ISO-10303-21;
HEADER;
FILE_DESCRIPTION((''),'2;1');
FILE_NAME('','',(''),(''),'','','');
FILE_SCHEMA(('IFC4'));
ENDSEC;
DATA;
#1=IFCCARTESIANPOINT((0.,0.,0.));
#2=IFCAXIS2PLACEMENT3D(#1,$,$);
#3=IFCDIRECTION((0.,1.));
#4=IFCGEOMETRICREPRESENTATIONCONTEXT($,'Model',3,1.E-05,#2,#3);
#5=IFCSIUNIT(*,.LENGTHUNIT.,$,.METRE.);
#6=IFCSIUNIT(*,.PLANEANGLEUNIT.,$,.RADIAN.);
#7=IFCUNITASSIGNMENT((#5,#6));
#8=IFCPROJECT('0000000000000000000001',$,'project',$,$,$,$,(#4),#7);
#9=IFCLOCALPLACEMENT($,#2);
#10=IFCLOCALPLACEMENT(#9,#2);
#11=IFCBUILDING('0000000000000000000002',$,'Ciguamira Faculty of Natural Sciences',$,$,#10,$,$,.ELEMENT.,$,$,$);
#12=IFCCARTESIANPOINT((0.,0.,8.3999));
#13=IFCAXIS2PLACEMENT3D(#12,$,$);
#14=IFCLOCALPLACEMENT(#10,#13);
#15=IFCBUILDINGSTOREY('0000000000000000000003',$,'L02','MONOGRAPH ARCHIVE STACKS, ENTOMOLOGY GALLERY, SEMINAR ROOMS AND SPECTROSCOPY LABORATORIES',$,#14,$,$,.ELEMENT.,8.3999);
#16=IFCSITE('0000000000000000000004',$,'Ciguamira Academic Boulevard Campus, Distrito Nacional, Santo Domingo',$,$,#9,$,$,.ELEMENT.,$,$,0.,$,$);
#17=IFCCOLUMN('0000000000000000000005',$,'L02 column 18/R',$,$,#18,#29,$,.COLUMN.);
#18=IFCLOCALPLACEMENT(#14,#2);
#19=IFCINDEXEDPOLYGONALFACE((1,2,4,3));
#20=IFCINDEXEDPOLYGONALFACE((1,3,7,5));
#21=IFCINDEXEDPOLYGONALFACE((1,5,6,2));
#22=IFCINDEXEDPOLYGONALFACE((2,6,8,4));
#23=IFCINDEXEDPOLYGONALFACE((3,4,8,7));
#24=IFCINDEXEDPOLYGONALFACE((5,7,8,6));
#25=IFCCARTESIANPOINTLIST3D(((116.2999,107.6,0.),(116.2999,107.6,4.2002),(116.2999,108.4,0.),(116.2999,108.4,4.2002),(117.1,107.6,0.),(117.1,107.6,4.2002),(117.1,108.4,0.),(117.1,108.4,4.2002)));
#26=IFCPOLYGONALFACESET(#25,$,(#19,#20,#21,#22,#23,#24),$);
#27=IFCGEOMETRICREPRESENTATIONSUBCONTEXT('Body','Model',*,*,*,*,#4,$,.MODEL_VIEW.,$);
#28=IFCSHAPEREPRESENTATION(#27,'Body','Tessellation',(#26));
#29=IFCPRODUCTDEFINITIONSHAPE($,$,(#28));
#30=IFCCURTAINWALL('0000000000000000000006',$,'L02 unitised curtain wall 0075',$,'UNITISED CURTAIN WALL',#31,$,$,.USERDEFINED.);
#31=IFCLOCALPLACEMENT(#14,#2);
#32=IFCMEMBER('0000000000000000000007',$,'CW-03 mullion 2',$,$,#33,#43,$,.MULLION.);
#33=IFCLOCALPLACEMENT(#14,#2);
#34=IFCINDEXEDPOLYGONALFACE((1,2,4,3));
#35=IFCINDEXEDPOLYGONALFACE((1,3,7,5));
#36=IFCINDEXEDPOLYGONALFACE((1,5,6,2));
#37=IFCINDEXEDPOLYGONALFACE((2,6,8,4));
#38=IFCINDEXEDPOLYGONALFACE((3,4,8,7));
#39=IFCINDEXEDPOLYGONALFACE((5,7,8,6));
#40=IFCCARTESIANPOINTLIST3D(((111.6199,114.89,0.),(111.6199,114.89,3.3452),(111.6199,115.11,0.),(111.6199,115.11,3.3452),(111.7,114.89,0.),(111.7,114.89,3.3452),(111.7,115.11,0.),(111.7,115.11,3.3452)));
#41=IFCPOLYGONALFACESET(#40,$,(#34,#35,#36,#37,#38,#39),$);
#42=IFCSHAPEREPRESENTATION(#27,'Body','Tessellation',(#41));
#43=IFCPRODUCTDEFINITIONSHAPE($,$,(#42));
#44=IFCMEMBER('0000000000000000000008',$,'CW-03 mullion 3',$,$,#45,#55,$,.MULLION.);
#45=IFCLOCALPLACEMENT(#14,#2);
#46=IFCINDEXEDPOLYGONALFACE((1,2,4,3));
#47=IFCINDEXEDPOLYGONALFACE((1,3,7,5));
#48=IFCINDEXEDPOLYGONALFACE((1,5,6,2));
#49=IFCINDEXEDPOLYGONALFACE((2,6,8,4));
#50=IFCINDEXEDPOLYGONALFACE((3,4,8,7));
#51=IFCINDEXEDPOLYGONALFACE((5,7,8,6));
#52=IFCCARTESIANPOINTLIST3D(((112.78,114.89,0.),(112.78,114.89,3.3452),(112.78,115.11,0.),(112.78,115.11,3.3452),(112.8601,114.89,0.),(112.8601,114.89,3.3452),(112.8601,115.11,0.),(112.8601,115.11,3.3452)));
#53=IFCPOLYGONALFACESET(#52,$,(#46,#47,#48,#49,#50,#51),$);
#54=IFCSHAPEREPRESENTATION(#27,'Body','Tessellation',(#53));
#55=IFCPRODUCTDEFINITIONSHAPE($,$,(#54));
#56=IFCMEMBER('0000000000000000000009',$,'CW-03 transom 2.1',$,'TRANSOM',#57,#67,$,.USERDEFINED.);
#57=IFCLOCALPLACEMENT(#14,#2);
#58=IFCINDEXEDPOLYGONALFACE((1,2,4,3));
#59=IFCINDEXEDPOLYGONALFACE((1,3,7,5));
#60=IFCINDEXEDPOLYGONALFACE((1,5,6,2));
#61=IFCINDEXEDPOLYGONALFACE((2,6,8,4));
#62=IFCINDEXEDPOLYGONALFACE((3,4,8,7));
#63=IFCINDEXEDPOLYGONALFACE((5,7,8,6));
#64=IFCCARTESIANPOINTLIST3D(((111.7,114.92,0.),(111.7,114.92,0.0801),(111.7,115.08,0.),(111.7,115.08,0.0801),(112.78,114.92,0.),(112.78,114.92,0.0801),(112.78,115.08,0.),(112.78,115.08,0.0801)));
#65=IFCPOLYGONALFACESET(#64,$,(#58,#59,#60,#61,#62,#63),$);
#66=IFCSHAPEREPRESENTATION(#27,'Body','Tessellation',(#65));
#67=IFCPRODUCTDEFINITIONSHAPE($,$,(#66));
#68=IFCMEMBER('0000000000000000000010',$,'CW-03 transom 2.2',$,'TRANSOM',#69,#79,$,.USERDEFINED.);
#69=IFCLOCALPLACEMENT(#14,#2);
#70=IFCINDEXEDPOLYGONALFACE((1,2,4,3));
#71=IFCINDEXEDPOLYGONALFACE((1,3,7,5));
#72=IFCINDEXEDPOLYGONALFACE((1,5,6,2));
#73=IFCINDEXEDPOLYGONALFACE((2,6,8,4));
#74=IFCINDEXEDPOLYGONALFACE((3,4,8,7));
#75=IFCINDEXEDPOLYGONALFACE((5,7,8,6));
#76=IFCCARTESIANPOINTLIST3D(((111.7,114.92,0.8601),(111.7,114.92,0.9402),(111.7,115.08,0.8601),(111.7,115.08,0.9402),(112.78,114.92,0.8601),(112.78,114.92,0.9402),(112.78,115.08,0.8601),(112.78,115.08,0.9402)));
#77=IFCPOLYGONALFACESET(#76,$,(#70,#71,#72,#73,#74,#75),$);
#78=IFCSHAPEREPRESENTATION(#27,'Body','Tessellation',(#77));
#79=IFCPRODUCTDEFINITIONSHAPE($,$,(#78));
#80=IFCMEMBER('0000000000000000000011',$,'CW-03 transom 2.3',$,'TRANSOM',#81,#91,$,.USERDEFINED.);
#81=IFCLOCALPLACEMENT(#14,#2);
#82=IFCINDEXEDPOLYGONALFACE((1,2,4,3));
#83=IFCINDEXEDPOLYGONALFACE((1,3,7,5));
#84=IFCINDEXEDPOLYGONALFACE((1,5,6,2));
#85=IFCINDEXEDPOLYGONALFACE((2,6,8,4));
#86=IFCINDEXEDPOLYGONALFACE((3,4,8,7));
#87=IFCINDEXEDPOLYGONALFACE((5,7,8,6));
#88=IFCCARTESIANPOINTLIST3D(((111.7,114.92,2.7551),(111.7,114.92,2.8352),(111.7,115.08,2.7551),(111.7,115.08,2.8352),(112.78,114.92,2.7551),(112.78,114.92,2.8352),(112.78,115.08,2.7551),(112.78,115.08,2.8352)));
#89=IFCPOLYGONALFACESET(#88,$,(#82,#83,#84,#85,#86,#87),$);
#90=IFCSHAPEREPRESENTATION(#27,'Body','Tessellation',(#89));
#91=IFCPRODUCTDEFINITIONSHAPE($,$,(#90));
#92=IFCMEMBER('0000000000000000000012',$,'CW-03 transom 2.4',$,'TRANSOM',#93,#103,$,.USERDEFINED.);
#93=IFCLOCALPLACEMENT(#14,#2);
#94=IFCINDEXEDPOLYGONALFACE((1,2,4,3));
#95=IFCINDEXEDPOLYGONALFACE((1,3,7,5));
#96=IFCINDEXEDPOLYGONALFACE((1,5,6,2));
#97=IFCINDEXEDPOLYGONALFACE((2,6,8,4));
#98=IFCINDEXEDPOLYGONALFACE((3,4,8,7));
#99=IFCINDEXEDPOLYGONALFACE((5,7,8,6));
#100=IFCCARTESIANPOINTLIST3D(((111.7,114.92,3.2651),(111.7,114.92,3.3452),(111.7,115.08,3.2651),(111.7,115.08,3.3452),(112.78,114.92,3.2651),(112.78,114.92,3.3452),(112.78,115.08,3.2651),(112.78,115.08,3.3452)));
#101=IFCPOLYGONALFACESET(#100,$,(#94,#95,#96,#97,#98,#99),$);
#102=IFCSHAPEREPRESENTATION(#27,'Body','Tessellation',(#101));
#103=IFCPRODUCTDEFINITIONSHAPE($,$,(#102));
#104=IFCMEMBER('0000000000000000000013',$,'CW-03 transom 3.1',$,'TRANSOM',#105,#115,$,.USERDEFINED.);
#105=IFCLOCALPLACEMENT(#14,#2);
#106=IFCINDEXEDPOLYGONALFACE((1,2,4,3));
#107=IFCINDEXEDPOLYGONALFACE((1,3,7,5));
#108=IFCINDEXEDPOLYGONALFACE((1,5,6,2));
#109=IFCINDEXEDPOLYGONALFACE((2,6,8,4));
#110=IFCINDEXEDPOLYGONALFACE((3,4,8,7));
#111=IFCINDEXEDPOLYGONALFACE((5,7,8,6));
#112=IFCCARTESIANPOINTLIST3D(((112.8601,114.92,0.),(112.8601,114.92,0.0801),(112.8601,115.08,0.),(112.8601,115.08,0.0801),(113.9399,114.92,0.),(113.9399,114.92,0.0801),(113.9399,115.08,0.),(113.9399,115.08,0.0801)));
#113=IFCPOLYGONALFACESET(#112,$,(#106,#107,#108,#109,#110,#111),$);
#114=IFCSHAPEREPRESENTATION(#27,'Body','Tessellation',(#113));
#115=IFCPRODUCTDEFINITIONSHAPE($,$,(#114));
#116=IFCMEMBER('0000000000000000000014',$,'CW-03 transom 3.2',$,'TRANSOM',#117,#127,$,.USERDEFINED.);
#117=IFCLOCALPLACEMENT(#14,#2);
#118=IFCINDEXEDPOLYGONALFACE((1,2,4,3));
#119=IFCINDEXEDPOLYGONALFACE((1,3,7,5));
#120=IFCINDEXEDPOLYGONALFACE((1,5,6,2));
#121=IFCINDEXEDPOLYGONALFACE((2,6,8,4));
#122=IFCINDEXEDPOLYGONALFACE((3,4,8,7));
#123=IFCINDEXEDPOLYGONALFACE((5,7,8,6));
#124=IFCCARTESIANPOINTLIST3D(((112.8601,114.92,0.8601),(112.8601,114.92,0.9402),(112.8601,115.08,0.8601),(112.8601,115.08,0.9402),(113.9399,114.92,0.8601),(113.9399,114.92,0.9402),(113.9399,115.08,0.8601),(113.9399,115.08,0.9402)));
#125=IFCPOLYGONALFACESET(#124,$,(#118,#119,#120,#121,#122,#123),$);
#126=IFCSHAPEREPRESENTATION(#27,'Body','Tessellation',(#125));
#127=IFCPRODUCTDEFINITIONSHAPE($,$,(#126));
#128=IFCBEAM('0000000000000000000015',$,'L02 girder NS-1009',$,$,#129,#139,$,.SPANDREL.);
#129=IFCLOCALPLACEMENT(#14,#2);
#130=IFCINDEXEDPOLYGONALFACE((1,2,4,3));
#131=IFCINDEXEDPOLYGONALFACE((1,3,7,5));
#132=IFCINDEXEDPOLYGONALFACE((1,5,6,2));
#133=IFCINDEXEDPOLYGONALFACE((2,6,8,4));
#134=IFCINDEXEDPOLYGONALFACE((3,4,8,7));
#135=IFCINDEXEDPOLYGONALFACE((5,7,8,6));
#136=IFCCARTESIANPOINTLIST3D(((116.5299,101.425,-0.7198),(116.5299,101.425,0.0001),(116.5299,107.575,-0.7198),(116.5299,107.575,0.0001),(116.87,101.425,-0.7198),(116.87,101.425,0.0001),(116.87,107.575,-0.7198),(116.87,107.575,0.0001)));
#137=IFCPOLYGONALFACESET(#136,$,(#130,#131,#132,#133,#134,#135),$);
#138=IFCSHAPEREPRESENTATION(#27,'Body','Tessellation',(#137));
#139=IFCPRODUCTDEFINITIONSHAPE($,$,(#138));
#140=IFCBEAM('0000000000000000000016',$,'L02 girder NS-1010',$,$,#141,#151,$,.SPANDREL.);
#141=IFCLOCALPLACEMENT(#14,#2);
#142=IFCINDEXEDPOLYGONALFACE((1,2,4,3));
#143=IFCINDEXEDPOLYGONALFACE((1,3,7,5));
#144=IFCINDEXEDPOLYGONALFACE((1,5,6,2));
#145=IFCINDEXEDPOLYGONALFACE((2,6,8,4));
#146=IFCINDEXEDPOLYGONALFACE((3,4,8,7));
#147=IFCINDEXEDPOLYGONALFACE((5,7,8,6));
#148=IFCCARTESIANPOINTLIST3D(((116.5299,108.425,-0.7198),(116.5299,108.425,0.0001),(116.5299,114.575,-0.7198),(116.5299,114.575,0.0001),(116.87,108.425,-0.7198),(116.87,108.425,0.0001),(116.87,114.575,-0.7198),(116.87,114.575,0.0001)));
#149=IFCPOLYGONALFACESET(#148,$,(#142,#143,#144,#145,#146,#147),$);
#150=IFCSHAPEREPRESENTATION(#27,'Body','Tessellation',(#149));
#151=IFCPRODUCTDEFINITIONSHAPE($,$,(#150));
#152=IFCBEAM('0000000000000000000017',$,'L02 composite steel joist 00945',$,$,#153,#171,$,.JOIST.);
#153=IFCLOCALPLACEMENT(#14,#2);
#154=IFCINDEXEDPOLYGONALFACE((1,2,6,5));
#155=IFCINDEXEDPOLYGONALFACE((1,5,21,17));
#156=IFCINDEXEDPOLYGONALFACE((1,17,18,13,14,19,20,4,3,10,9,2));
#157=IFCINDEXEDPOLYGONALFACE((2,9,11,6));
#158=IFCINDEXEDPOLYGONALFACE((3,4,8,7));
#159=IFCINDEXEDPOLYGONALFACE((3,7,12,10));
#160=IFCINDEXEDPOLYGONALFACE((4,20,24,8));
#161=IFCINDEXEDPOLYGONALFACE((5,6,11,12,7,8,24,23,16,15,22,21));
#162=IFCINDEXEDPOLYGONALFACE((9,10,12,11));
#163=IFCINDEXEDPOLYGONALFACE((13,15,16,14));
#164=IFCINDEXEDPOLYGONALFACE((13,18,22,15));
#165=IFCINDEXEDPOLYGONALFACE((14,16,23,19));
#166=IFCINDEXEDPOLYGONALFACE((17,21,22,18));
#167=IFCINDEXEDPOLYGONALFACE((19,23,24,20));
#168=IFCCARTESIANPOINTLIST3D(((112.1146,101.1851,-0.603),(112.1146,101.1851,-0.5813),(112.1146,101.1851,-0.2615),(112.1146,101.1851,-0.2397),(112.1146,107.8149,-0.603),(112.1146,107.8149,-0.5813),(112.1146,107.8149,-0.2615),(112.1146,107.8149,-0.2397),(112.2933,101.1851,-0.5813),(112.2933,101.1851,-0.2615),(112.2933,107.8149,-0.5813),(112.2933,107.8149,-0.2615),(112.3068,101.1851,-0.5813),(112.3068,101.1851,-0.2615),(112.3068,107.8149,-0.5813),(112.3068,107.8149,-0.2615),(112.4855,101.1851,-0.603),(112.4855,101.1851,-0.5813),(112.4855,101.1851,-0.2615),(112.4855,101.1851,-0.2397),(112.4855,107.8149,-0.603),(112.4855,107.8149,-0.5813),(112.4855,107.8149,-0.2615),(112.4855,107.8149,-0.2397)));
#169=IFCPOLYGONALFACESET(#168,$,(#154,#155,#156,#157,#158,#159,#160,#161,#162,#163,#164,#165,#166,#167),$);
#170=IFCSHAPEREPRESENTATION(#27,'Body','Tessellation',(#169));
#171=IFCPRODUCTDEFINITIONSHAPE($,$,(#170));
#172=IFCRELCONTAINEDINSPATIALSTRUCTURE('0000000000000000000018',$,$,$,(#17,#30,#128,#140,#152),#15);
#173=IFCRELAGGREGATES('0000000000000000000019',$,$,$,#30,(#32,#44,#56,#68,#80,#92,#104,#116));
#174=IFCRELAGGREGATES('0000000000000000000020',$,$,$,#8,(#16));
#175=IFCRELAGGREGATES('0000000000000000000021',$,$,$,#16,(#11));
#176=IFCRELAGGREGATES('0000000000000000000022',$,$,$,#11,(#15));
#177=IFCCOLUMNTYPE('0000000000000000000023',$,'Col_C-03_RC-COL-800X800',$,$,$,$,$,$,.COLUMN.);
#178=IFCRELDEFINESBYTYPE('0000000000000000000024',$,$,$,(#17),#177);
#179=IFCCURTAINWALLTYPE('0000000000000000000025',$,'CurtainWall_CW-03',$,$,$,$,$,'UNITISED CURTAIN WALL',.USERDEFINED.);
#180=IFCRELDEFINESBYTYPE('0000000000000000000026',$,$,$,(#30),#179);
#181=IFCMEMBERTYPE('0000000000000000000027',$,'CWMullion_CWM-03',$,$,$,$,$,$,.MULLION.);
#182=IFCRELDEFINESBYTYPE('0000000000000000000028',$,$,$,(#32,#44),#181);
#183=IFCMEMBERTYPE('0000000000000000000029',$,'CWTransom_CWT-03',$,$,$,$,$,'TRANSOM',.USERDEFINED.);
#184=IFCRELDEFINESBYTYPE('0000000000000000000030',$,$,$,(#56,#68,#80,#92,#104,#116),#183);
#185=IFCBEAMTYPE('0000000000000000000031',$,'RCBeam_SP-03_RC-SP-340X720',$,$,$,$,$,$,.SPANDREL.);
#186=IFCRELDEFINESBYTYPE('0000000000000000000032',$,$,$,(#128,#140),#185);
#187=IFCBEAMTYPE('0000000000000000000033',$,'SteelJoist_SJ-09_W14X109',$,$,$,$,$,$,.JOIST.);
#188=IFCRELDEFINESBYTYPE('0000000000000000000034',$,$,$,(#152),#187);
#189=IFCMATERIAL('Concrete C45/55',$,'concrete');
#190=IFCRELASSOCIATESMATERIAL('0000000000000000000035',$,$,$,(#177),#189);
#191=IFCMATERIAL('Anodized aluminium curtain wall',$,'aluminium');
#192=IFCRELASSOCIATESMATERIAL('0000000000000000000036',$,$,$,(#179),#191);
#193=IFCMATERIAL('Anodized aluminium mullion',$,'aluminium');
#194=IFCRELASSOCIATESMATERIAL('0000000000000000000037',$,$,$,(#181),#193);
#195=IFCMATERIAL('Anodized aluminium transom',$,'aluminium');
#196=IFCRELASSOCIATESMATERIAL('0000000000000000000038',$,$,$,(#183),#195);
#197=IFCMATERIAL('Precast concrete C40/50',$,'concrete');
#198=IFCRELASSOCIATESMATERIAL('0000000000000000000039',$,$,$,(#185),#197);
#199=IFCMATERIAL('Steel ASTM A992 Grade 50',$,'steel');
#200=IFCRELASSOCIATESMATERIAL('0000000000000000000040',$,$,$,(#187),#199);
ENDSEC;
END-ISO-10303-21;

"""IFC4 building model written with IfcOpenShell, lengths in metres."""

from ifc_helpers import new_model, si_unit, direction, frame, origin, origin_2d, place, context, subcontext, project, spatial, rectangle, i_section, extrude, material, material_profile, profile_set, type_object, element, aggregate, save


model = new_model("IFC4")

# Units and contexts
model_context = context("Model", 3, precision=1e-05, world=origin(), true_north=direction((0.0, 1.0)))
body_context = subcontext(model_context, "Body", "Model", "MODEL_VIEW")
ifc_project = project(units=[si_unit("LENGTHUNIT", "METRE"), si_unit("PLANEANGLEUNIT", "RADIAN")], contexts=[model_context])

# Site, building, storey
site_placement = place(None, origin())
site = spatial("IfcSite", under=ifc_project, at=site_placement, Name="Ciguamira Academic Boulevard Campus, Distrito Nacional, Santo Domingo", CompositionType="ELEMENT", RefElevation=0.0)
building_placement = place(site_placement, origin())
building = spatial("IfcBuilding", under=site, at=building_placement, Name="Ciguamira Faculty of Natural Sciences", CompositionType="ELEMENT")
storey_placement = place(building_placement, frame((0.0, 0.0, 8.3999)))
storey = spatial("IfcBuildingStorey", under=building, at=storey_placement, Name="L02", Description="MONOGRAPH ARCHIVE STACKS, ENTOMOLOGY GALLERY, SEMINAR ROOMS AND SPECTROSCOPY LABORATORIES", CompositionType="ELEMENT", Elevation=8.3999)

# Column
ifc_material_1 = material(Name="Concrete C45/55", Category="concrete")
ifc_material_profile_1 = material_profile(ifc_material_1, rectangle(XDim=0.8, YDim=0.8, at=origin_2d()), Name="RC-COL-800X800")
ifc_profile_set_1 = profile_set([ifc_material_profile_1], Name="Concrete C45/55")
column_type = type_object("IfcColumnType", Name="Col_C-03_RC-COL-800X800", PredefinedType="COLUMN", material=ifc_profile_set_1)
column_placement = place(storey_placement, frame((116.7, 108.0, 0.0), z_axis=(0.0, 0.0, 1.0), x_axis=(1.0, 0.0, 0.0)))
element("IfcColumn", 1, at=column_placement, inside=storey, type_object=column_type, Name="L02 column 18/R", PredefinedType="COLUMN", context=body_context, shape_type="SweptSolid", body=[
    extrude(rectangle(XDim=0.8, YDim=0.8, at=origin_2d()), origin(), (0.0, 0.0, 1.0), 4.2002),
])

# Curtain wall, members
ifc_material_2 = material(Name="Anodized aluminium curtain wall", Category="aluminium")
curtain_wall_type = type_object("IfcCurtainWallType", Name="CurtainWall_CW-03", ElementType="UNITISED CURTAIN WALL", PredefinedType="USERDEFINED", material=ifc_material_2)
curtain_wall_placement = place(storey_placement, origin())
curtain_wall = element("IfcCurtainWall", 2, at=curtain_wall_placement, inside=storey, type_object=curtain_wall_type, Name="L02 unitised curtain wall 0075", ObjectType="UNITISED CURTAIN WALL", PredefinedType="USERDEFINED")
ifc_material_3 = material(Name="Anodized aluminium mullion", Category="aluminium")
ifc_material_profile_2 = material_profile(ifc_material_3, rectangle(XDim=0.0801, YDim=0.22, at=origin_2d()), Name="ALU-MUL-80X220")
ifc_profile_set_2 = profile_set([ifc_material_profile_2], Name="Anodized aluminium mullion")
member_type_1 = type_object("IfcMemberType", Name="CWMullion_CWM-03", PredefinedType="MULLION", material=ifc_profile_set_2)
member_1_placement = place(storey_placement, frame((111.6599, 115.0, 0.0), z_axis=(0.0, 0.0, 1.0), x_axis=(1.0, 0.0, 0.0)))
member_1 = element("IfcMember", 3, at=member_1_placement, type_object=member_type_1, Name="CW-03 mullion 2", PredefinedType="MULLION", context=body_context, shape_type="SweptSolid", body=[
    extrude(rectangle(XDim=0.0801, YDim=0.22, at=origin_2d()), origin(), (0.0, 0.0, 1.0), 3.3452),
])
member_2_placement = place(storey_placement, frame((112.8201, 115.0, 0.0), z_axis=(0.0, 0.0, 1.0), x_axis=(1.0, 0.0, 0.0)))
member_2 = element("IfcMember", 4, at=member_2_placement, type_object=member_type_1, Name="CW-03 mullion 3", PredefinedType="MULLION", context=body_context, shape_type="SweptSolid", body=[
    extrude(rectangle(XDim=0.0801, YDim=0.22, at=origin_2d()), origin(), (0.0, 0.0, 1.0), 3.3452),
])
ifc_material_4 = material(Name="Anodized aluminium transom", Category="aluminium")
ifc_material_profile_3 = material_profile(ifc_material_4, rectangle(XDim=0.0801, YDim=0.1599, at=origin_2d()), Name="ALU-TRN-80X160")
ifc_profile_set_3 = profile_set([ifc_material_profile_3], Name="Anodized aluminium transom")
member_type_2 = type_object("IfcMemberType", Name="CWTransom_CWT-03", ElementType="TRANSOM", PredefinedType="USERDEFINED", material=ifc_profile_set_3)
member_3_placement = place(storey_placement, frame((111.7, 115.0, 0.04), z_axis=(1.0, 0.0, 0.0), x_axis=(0.0, 0.0, 1.0)))
member_3 = element("IfcMember", 5, at=member_3_placement, type_object=member_type_2, Name="CW-03 transom 2.1", ObjectType="TRANSOM", PredefinedType="USERDEFINED", context=body_context, shape_type="SweptSolid", body=[
    extrude(rectangle(XDim=0.0801, YDim=0.1599, at=origin_2d()), origin(), (0.0, 0.0, 1.0), 1.0801),
])
member_4_placement = place(storey_placement, frame((111.7, 115.0, 0.9001), z_axis=(1.0, 0.0, 0.0), x_axis=(0.0, 0.0, 1.0)))
member_4 = element("IfcMember", 6, at=member_4_placement, type_object=member_type_2, Name="CW-03 transom 2.2", ObjectType="TRANSOM", PredefinedType="USERDEFINED", context=body_context, shape_type="SweptSolid", body=[
    extrude(rectangle(XDim=0.0801, YDim=0.1599, at=origin_2d()), origin(), (0.0, 0.0, 1.0), 1.0801),
])
member_5_placement = place(storey_placement, frame((111.7, 115.0, 2.7952), z_axis=(1.0, 0.0, 0.0), x_axis=(0.0, 0.0, 1.0)))
member_5 = element("IfcMember", 7, at=member_5_placement, type_object=member_type_2, Name="CW-03 transom 2.3", ObjectType="TRANSOM", PredefinedType="USERDEFINED", context=body_context, shape_type="SweptSolid", body=[
    extrude(rectangle(XDim=0.0801, YDim=0.1599, at=origin_2d()), origin(), (0.0, 0.0, 1.0), 1.0801),
])
member_6_placement = place(storey_placement, frame((111.7, 115.0, 3.3052), z_axis=(1.0, 0.0, 0.0), x_axis=(0.0, 0.0, 1.0)))
member_6 = element("IfcMember", 8, at=member_6_placement, type_object=member_type_2, Name="CW-03 transom 2.4", ObjectType="TRANSOM", PredefinedType="USERDEFINED", context=body_context, shape_type="SweptSolid", body=[
    extrude(rectangle(XDim=0.0801, YDim=0.1599, at=origin_2d()), origin(), (0.0, 0.0, 1.0), 1.0801),
])
member_7_placement = place(storey_placement, frame((112.8601, 115.0, 0.04), z_axis=(1.0, 0.0, 0.0), x_axis=(0.0, 0.0, 1.0)))
member_7 = element("IfcMember", 9, at=member_7_placement, type_object=member_type_2, Name="CW-03 transom 3.1", ObjectType="TRANSOM", PredefinedType="USERDEFINED", context=body_context, shape_type="SweptSolid", body=[
    extrude(rectangle(XDim=0.0801, YDim=0.1599, at=origin_2d()), origin(), (0.0, 0.0, 1.0), 1.0798),
])
member_8_placement = place(storey_placement, frame((112.8601, 115.0, 0.9001), z_axis=(1.0, 0.0, 0.0), x_axis=(0.0, 0.0, 1.0)))
member_8 = element("IfcMember", 10, at=member_8_placement, type_object=member_type_2, Name="CW-03 transom 3.2", ObjectType="TRANSOM", PredefinedType="USERDEFINED", context=body_context, shape_type="SweptSolid", body=[
    extrude(rectangle(XDim=0.0801, YDim=0.1599, at=origin_2d()), origin(), (0.0, 0.0, 1.0), 1.0798),
])

# Beams
ifc_material_5 = material(Name="Precast concrete C40/50", Category="concrete")
ifc_material_profile_4 = material_profile(ifc_material_5, rectangle(XDim=0.3401, YDim=0.72, at=origin_2d()), Name="RC-SP-340X720")
ifc_profile_set_4 = profile_set([ifc_material_profile_4], Name="Precast concrete C40/50")
beam_type_1 = type_object("IfcBeamType", Name="RCBeam_SP-03_RC-SP-340X720", PredefinedType="SPANDREL", material=ifc_profile_set_4)
for number, where, z_axis, x_axis, name in (
    (11, (116.7, 101.425, -0.3599), (0.0, 1.0, 0.0), (-1.0, 0.0, 0.0), "L02 girder NS-1009"),
    (12, (116.7, 108.425, -0.3599), (0.0, 1.0, 0.0), (-1.0, 0.0, 0.0), "L02 girder NS-1010"),
):
    element("IfcBeam", number, at=place(storey_placement, frame(where, z_axis=z_axis, x_axis=x_axis)), inside=storey, type_object=beam_type_1, Name=name, PredefinedType="SPANDREL", context=body_context, shape_type="SweptSolid", body=[
        extrude(rectangle(XDim=0.3401, YDim=0.72, at=origin_2d()), origin(), (0.0, 0.0, 1.0), 6.1499),
    ])
ifc_material_6 = material(Name="Steel ASTM A992 Grade 50", Category="steel")
ifc_material_profile_5 = material_profile(ifc_material_6, i_section(OverallWidth=0.3708, OverallDepth=0.3633, WebThickness=0.0134, FlangeThickness=0.0217, at=origin_2d()), Name="W14X109")
ifc_profile_set_5 = profile_set([ifc_material_profile_5], Name="Steel ASTM A992 Grade 50")
beam_type_2 = type_object("IfcBeamType", Name="SteelJoist_SJ-09_W14X109", PredefinedType="JOIST", material=ifc_profile_set_5)
beam_1_placement = place(storey_placement, frame((112.3, 101.1851, -0.4214), z_axis=(0.0, 1.0, 0.0), x_axis=(-1.0, 0.0, 0.0)))
element("IfcBeam", 13, at=beam_1_placement, inside=storey, type_object=beam_type_2, Name="L02 composite steel joist 00945", PredefinedType="JOIST", context=body_context, shape_type="SweptSolid", body=[
    extrude(i_section(OverallWidth=0.3708, OverallDepth=0.3633, WebThickness=0.0134, FlangeThickness=0.0217, at=origin_2d()), origin(), (0.0, 0.0, 1.0), 6.6299),
])

aggregate(curtain_wall, [member_1, member_2, member_3, member_4, member_5, member_6, member_7, member_8])

save(model, "model.ifc")
